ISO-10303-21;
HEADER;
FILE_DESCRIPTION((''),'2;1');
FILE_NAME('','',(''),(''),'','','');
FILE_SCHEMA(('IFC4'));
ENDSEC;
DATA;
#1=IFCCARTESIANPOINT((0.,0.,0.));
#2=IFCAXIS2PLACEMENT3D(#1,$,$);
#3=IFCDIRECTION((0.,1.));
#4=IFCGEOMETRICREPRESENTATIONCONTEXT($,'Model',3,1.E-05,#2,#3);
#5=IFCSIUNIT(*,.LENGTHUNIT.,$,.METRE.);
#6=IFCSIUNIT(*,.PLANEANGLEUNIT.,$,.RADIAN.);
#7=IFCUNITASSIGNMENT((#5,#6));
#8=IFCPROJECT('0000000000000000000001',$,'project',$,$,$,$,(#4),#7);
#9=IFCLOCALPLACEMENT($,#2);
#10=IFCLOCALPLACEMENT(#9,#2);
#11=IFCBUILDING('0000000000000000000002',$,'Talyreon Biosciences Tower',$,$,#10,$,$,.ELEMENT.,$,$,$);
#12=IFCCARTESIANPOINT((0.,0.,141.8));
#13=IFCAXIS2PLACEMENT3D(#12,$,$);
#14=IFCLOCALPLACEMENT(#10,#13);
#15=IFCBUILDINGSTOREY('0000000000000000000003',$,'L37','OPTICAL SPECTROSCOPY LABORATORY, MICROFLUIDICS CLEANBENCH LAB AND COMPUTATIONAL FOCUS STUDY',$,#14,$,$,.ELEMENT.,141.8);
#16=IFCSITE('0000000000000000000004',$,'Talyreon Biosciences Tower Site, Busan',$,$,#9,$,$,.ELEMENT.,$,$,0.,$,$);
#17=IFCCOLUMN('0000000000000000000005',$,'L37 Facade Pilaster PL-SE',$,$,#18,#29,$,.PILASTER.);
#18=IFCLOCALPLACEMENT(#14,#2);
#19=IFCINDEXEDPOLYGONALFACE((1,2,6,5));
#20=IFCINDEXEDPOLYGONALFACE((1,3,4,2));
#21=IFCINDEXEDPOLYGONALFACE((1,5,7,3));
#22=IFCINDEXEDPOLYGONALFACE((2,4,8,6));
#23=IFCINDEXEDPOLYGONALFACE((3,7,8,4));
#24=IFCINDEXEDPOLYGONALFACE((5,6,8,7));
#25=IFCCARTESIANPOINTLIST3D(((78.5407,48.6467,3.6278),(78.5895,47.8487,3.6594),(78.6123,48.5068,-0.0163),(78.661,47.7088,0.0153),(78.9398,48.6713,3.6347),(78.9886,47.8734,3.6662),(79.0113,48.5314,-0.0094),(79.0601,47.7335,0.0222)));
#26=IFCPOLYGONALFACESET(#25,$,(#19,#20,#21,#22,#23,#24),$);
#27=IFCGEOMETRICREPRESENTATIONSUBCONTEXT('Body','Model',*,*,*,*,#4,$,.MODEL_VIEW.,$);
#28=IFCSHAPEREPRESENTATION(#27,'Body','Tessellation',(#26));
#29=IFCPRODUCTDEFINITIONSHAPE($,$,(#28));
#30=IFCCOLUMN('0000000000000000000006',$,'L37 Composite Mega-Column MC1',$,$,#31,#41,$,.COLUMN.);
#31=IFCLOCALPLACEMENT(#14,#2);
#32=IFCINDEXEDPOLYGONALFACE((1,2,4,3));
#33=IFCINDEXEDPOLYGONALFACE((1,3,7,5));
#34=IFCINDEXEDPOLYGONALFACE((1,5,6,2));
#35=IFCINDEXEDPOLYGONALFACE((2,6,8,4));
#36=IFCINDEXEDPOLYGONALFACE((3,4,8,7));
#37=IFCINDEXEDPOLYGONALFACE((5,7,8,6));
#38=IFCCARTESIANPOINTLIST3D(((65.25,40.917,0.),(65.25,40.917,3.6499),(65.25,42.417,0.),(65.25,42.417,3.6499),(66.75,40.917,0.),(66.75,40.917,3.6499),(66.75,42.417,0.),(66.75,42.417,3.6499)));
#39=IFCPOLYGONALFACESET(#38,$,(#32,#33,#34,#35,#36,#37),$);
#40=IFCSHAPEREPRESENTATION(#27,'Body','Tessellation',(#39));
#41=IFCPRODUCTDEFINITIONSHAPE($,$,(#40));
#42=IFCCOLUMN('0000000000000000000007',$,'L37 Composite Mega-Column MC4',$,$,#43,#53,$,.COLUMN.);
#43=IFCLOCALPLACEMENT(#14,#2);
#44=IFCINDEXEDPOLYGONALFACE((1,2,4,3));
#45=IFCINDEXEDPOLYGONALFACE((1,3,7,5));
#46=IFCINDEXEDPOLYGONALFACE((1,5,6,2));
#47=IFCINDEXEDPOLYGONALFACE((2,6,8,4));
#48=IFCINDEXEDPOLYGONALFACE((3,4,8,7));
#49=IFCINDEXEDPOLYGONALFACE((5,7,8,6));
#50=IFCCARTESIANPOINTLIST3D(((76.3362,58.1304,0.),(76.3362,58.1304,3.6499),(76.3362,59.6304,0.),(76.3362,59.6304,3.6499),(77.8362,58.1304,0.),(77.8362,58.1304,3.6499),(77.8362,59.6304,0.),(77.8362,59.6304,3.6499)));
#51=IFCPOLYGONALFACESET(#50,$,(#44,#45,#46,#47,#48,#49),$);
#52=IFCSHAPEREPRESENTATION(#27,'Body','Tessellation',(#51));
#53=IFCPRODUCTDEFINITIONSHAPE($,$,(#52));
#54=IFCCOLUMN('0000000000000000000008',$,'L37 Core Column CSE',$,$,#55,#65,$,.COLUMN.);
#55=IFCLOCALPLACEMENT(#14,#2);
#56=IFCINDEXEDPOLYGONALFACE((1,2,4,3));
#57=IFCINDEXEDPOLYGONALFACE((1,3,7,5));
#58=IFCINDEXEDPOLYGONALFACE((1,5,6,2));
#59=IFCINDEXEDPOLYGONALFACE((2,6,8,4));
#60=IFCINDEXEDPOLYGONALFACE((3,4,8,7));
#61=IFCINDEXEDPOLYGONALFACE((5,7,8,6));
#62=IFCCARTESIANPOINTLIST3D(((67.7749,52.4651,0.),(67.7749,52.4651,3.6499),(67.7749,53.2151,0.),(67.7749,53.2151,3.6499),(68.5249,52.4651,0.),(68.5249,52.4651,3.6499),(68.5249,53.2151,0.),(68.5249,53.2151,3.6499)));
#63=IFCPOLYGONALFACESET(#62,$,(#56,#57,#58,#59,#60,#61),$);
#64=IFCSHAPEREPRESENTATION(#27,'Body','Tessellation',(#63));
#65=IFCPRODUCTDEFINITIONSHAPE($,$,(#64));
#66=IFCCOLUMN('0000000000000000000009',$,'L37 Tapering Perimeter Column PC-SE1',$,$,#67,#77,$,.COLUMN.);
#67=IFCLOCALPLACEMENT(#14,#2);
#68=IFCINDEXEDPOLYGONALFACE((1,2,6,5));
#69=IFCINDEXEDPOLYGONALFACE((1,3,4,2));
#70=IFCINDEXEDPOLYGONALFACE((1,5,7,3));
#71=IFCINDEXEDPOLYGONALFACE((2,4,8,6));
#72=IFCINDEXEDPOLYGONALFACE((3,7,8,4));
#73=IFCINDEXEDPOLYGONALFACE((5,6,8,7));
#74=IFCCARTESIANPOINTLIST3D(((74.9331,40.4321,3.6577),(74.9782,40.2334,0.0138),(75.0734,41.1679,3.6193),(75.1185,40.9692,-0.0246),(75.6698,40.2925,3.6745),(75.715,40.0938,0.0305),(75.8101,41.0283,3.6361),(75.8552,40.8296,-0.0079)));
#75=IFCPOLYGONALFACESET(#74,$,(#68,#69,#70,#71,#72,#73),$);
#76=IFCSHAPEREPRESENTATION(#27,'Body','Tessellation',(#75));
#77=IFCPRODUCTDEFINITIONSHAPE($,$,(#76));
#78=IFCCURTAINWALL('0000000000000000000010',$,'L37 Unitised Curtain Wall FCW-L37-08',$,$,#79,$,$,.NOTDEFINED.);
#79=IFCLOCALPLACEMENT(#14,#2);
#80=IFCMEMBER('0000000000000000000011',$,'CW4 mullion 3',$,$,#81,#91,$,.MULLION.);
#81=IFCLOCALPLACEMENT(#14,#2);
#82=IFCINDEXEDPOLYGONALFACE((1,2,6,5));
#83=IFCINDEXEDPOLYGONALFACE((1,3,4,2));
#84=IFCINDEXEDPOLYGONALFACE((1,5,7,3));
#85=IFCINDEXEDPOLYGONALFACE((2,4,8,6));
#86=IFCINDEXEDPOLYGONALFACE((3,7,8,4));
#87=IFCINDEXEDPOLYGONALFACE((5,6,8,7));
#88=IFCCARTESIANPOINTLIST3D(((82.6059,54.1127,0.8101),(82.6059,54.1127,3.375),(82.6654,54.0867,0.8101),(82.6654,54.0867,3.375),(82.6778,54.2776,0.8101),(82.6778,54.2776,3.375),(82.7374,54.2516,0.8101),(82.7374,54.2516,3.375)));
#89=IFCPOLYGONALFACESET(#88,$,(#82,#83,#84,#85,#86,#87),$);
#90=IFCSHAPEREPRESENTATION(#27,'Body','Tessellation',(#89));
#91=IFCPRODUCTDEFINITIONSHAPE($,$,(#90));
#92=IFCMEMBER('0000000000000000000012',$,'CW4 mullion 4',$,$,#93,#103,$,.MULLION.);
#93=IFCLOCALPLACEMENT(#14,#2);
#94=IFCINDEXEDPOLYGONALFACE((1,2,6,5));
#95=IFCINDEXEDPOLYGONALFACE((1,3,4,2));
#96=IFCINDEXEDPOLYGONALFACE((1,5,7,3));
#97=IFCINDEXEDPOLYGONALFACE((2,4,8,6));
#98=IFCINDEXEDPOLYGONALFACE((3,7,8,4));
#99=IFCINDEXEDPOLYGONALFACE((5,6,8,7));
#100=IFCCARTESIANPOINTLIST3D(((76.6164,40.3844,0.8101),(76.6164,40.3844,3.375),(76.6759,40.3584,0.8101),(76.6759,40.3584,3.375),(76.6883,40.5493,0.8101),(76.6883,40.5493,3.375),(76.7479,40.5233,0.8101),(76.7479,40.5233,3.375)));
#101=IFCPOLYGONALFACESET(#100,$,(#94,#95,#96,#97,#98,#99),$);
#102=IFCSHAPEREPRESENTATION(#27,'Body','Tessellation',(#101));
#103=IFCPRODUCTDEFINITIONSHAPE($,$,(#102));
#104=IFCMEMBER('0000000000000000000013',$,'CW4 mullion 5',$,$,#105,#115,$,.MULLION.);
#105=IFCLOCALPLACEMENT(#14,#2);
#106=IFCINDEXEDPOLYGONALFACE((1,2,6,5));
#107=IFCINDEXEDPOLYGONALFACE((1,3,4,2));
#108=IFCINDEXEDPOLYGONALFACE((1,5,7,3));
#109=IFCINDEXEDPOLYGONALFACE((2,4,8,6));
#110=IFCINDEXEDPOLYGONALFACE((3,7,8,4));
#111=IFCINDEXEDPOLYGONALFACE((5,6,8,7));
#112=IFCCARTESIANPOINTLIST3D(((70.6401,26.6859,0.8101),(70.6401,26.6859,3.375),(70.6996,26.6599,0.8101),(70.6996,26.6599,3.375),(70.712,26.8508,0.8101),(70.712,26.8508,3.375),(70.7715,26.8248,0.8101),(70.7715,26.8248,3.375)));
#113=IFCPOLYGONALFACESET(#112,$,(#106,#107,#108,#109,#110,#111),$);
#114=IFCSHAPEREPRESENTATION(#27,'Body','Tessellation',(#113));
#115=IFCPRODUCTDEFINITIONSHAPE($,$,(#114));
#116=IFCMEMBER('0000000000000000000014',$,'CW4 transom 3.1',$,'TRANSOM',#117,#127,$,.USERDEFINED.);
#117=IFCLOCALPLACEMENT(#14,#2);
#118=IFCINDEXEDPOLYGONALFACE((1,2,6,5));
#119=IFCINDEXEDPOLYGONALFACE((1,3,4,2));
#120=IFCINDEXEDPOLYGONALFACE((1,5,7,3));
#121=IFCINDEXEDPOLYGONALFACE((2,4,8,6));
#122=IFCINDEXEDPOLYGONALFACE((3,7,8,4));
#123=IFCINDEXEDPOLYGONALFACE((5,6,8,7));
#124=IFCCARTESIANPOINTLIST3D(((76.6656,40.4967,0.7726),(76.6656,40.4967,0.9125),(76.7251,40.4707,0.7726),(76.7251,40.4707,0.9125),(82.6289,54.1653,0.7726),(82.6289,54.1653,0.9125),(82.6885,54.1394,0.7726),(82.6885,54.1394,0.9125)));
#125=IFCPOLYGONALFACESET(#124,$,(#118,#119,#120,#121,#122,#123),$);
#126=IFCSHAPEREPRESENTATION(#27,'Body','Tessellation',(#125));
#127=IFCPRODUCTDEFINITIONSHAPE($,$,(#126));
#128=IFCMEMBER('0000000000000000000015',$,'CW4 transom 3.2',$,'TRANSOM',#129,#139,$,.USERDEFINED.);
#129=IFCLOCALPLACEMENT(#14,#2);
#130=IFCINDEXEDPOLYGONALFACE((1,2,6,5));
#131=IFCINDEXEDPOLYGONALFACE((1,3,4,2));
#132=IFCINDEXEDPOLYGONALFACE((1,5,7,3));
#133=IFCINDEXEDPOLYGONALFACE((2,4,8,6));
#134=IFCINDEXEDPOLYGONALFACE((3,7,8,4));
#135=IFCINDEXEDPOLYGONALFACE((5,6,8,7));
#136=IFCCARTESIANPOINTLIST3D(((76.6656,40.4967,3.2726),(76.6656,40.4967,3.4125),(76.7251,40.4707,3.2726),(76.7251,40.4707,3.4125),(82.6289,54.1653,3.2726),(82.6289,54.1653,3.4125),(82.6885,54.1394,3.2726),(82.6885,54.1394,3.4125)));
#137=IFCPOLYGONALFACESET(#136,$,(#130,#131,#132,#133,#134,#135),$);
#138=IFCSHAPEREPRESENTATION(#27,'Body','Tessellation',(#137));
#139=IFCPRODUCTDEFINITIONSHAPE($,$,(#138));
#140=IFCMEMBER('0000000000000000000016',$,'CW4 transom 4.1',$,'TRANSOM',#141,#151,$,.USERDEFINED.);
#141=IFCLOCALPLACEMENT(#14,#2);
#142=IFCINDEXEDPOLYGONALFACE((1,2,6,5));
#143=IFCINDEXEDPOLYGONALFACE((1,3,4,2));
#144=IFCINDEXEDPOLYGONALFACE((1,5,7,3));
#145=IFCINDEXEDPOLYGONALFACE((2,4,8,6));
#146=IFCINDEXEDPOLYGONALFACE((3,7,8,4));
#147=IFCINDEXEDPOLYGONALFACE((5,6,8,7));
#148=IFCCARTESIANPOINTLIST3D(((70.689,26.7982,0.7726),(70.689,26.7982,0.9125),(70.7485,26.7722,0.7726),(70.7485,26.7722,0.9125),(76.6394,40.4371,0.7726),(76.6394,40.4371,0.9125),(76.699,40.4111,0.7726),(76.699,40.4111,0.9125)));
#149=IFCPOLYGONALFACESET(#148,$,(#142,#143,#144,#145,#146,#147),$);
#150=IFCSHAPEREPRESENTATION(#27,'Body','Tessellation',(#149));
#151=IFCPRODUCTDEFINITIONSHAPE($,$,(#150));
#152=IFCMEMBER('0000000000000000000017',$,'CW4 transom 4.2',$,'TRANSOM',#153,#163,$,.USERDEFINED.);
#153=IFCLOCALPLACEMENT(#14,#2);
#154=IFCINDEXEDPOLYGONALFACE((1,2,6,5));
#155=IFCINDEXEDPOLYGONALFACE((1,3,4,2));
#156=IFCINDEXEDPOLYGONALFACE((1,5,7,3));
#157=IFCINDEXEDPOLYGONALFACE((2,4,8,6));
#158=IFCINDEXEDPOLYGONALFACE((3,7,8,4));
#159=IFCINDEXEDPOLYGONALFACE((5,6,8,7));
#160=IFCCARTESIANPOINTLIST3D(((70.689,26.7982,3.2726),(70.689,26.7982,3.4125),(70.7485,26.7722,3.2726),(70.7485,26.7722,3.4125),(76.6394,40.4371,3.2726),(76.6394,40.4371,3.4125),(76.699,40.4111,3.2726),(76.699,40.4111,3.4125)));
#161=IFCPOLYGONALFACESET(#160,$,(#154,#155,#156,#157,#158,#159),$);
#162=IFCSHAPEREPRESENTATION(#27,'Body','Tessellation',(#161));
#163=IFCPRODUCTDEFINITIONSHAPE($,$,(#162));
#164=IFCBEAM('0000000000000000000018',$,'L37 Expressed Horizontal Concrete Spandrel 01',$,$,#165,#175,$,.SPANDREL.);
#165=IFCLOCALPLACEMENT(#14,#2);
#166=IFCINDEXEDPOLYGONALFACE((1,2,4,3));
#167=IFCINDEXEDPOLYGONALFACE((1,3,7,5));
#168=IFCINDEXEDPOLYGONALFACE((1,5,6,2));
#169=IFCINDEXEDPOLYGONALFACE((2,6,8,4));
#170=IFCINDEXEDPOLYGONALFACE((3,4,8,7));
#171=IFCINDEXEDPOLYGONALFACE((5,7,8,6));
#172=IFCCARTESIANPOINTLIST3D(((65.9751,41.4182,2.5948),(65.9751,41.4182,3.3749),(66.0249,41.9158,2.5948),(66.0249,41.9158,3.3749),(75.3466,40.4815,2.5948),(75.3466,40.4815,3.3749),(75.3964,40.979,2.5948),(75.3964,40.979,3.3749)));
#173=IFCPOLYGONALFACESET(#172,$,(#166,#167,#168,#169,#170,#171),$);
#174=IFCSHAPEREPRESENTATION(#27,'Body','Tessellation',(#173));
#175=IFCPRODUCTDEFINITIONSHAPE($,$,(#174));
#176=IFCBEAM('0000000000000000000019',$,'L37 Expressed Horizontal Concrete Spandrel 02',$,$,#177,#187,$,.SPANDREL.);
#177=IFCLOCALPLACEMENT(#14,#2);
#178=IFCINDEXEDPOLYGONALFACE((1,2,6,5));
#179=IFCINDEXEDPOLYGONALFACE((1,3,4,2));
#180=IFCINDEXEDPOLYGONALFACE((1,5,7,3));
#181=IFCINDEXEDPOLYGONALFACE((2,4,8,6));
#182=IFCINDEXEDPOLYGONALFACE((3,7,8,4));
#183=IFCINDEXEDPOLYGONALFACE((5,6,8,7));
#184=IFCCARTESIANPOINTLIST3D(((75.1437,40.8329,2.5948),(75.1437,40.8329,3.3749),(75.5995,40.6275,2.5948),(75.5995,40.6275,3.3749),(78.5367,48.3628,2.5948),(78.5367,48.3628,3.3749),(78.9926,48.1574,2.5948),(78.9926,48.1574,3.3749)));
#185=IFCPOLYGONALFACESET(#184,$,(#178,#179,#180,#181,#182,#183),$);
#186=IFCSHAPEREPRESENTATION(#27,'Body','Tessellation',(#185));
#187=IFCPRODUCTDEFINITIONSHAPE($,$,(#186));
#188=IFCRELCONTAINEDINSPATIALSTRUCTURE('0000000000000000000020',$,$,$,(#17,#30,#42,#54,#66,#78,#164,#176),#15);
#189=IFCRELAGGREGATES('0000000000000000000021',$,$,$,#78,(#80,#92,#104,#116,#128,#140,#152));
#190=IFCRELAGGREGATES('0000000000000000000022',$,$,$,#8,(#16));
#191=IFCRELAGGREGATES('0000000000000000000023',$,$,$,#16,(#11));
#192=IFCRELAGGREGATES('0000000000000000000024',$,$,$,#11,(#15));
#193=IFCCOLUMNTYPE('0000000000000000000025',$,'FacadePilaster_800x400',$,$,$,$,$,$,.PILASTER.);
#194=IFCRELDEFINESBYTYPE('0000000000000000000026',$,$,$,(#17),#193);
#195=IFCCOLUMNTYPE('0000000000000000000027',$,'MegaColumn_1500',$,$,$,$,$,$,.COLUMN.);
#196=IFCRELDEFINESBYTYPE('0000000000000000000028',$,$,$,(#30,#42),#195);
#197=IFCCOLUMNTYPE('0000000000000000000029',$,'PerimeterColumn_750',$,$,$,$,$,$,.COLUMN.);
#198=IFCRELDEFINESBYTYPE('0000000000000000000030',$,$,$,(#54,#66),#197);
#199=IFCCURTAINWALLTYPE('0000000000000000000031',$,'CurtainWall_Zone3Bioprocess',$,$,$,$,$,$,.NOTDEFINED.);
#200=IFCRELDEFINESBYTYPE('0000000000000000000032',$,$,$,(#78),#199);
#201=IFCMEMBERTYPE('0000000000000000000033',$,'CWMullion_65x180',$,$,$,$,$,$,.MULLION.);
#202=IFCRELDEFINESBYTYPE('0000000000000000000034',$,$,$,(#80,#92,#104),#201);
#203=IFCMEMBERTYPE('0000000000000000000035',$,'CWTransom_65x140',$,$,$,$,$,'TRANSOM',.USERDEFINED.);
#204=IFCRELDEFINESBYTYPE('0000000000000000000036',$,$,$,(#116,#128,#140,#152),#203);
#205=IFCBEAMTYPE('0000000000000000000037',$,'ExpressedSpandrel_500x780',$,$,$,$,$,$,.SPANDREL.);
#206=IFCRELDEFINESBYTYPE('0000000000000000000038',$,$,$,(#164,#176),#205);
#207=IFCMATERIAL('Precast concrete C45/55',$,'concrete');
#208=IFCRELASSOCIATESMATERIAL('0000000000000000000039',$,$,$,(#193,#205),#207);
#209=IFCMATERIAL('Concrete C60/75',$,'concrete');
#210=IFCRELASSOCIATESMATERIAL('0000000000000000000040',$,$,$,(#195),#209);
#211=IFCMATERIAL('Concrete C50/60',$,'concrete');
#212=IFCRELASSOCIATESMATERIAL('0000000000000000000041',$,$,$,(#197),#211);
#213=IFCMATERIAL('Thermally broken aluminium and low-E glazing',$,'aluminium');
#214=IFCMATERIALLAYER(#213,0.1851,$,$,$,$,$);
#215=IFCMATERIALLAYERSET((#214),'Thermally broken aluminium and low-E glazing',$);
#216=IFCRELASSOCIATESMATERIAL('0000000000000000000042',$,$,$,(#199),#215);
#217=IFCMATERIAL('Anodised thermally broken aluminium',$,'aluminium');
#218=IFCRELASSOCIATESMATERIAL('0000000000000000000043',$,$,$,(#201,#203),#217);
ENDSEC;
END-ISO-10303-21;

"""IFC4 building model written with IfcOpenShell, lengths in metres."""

from ifc_helpers import new_model, si_unit, direction, frame, origin, origin_2d, place, context, subcontext, project, spatial, rectangle, extrude, material, layer, layer_set, material_profile, profile_set, type_object, element, aggregate, save


model = new_model("IFC4")

# Units and contexts
model_context = context("Model", 3, precision=1e-05, world=origin(), true_north=direction((0.0, 1.0)))
body_context = subcontext(model_context, "Body", "Model", "MODEL_VIEW")
ifc_project = project(units=[si_unit("LENGTHUNIT", "METRE"), si_unit("PLANEANGLEUNIT", "RADIAN")], contexts=[model_context])

# Site, building, storey
site_placement = place(None, origin())
site = spatial("IfcSite", under=ifc_project, at=site_placement, Name="Talyreon Biosciences Tower Site, Busan", CompositionType="ELEMENT", RefElevation=0.0)
building_placement = place(site_placement, origin())
building = spatial("IfcBuilding", under=site, at=building_placement, Name="Talyreon Biosciences Tower", CompositionType="ELEMENT")
storey_placement = place(building_placement, frame((0.0, 0.0, 141.8)))
storey = spatial("IfcBuildingStorey", under=building, at=storey_placement, Name="L37", Description="OPTICAL SPECTROSCOPY LABORATORY, MICROFLUIDICS CLEANBENCH LAB AND COMPUTATIONAL FOCUS STUDY", CompositionType="ELEMENT", Elevation=141.8)

# Columns
ifc_material_1 = material(Name="Precast concrete C45/55", Category="concrete")
ifc_material_profile_1 = material_profile(ifc_material_1, rectangle(XDim=0.8, YDim=0.3999, at=origin_2d()), Name="RC 800x400")
ifc_profile_set_1 = profile_set([ifc_material_profile_1], Name="Precast concrete C45/55")
column_type_1 = type_object("IfcColumnType", Name="FacadePilaster_800x400", PredefinedType="PILASTER", material=ifc_profile_set_1)
column_1_placement = place(storey_placement, frame((78.8362, 48.1201, 0.0029), z_axis=(-0.019612, 0.038354, 0.999072), x_axis=(0.060934, -0.997361, 0.039484)))
element("IfcColumn", 1, at=column_1_placement, inside=storey, type_object=column_type_1, Name="L37 Facade Pilaster PL-SE", PredefinedType="PILASTER", context=body_context, shape_type="SweptSolid", body=[
    extrude(rectangle(XDim=0.8, YDim=0.3999, at=origin_2d()), origin(), (0.0, 0.0, 1.0), 3.6475),
])
ifc_material_2 = material(Name="Concrete C60/75", Category="concrete")
ifc_material_profile_2 = material_profile(ifc_material_2, rectangle(XDim=1.5, YDim=1.5, at=origin_2d()), Name="RC 1500x1500")
ifc_profile_set_2 = profile_set([ifc_material_profile_2], Name="Concrete C60/75")
column_type_2 = type_object("IfcColumnType", Name="MegaColumn_1500", PredefinedType="COLUMN", material=ifc_profile_set_2)
for number, where, z_axis, x_axis, name in (
    (2, (66.0, 41.667, 0.0), (0.0, 0.0, 1.0), (1.0, 0.0, 0.0), "L37 Composite Mega-Column MC1"),
    (3, (77.0862, 58.8804, 0.0), (0.0, 0.0, 1.0), (1.0, 0.0, 0.0), "L37 Composite Mega-Column MC4"),
):
    element("IfcColumn", number, at=place(storey_placement, frame(where, z_axis=z_axis, x_axis=x_axis)), inside=storey, type_object=column_type_2, Name=name, PredefinedType="COLUMN", context=body_context, shape_type="SweptSolid", body=[
        extrude(rectangle(XDim=1.5, YDim=1.5, at=origin_2d()), origin(), (0.0, 0.0, 1.0), 3.6499),
    ])
ifc_material_3 = material(Name="Concrete C50/60", Category="concrete")
ifc_material_profile_3 = material_profile(ifc_material_3, rectangle(XDim=0.75, YDim=0.75, at=origin_2d()), Name="RC 750x750")
ifc_profile_set_3 = profile_set([ifc_material_profile_3], Name="Concrete C50/60")
column_type_3 = type_object("IfcColumnType", Name="PerimeterColumn_750", PredefinedType="COLUMN", material=ifc_profile_set_3)
column_2_placement = place(storey_placement, frame((68.1499, 52.8401, 0.0), z_axis=(0.0, 0.0, 1.0), x_axis=(1.0, 0.0, 0.0)))
element("IfcColumn", 4, at=column_2_placement, inside=storey, type_object=column_type_3, Name="L37 Core Column CSE", PredefinedType="COLUMN", context=body_context, shape_type="SweptSolid", body=[
    extrude(rectangle(XDim=0.75, YDim=0.75, at=origin_2d()), origin(), (0.0, 0.0, 1.0), 3.6499),
])
column_3_placement = place(storey_placement, frame((75.4167, 40.5315, 0.0029), z_axis=(-0.012375, 0.054451, 0.99844), x_axis=(-0.187059, -0.981014, 0.051182)))
element("IfcColumn", 5, at=column_3_placement, inside=storey, type_object=column_type_3, Name="L37 Tapering Perimeter Column PC-SE1", PredefinedType="COLUMN", context=body_context, shape_type="SweptSolid", body=[
    extrude(rectangle(XDim=0.75, YDim=0.75, at=origin_2d()), origin(), (0.0, 0.0, 1.0), 3.6497),
])

# Curtain wall, members
ifc_material_4 = material(Name="Thermally broken aluminium and low-E glazing", Category="aluminium")
ifc_layer_1 = layer(ifc_material_4, 0.1851)
ifc_layer_set_1 = layer_set([ifc_layer_1], Name="Thermally broken aluminium and low-E glazing")
curtain_wall_type = type_object("IfcCurtainWallType", Name="CurtainWall_Zone3Bioprocess", PredefinedType="NOTDEFINED", material=ifc_layer_set_1)
curtain_wall_placement = place(storey_placement, origin())
curtain_wall = element("IfcCurtainWall", 6, at=curtain_wall_placement, inside=storey, type_object=curtain_wall_type, Name="L37 Unitised Curtain Wall FCW-L37-08", PredefinedType="NOTDEFINED")
ifc_material_5 = material(Name="Anodised thermally broken aluminium", Category="aluminium")
ifc_material_profile_4 = material_profile(ifc_material_5, rectangle(XDim=0.0649, YDim=0.1799, at=origin_2d()), Name="ALUM MULLION 65x180")
ifc_profile_set_4 = profile_set([ifc_material_profile_4], Name="Anodised thermally broken aluminium")
member_type_1 = type_object("IfcMemberType", Name="CWMullion_65x180", PredefinedType="MULLION", material=ifc_profile_set_4)
member_1_placement = place(storey_placement, frame((82.6716, 54.1821, 0.8101), z_axis=(0.0, 0.0, 1.0), x_axis=(0.916566, -0.399882, 0.0)))
member_1 = element("IfcMember", 7, at=member_1_placement, type_object=member_type_1, Name="CW4 mullion 3", PredefinedType="MULLION", context=body_context, shape_type="SweptSolid", body=[
    extrude(rectangle(XDim=0.0649, YDim=0.1799, at=origin_2d()), origin(), (0.0, 0.0, 1.0), 2.5649),
])
member_2_placement = place(storey_placement, frame((76.6821, 40.4539, 0.8101), z_axis=(0.0, 0.0, 1.0), x_axis=(0.916566, -0.399882, 0.0)))
member_2 = element("IfcMember", 8, at=member_2_placement, type_object=member_type_1, Name="CW4 mullion 4", PredefinedType="MULLION", context=body_context, shape_type="SweptSolid", body=[
    extrude(rectangle(XDim=0.0649, YDim=0.1799, at=origin_2d()), origin(), (0.0, 0.0, 1.0), 2.5649),
])
member_3_placement = place(storey_placement, frame((70.7058, 26.7554, 0.8101), z_axis=(0.0, 0.0, 1.0), x_axis=(0.916566, -0.399882, 0.0)))
member_3 = element("IfcMember", 9, at=member_3_placement, type_object=member_type_1, Name="CW4 mullion 5", PredefinedType="MULLION", context=body_context, shape_type="SweptSolid", body=[
    extrude(rectangle(XDim=0.0649, YDim=0.1799, at=origin_2d()), origin(), (0.0, 0.0, 1.0), 2.5649),
])
ifc_material_profile_5 = material_profile(ifc_material_5, rectangle(XDim=0.0649, YDim=0.1399, at=origin_2d()), Name="ALUM TRANSOM 65x140")
ifc_profile_set_5 = profile_set([ifc_material_profile_5], Name="Anodised thermally broken aluminium")
member_type_2 = type_object("IfcMemberType", Name="CWTransom_65x140", ElementType="TRANSOM", PredefinedType="USERDEFINED", material=ifc_profile_set_5)
member_4_placement = place(storey_placement, frame((82.6587, 54.1523, 0.8425), z_axis=(-0.39988, -0.916568, 0.0), x_axis=(0.916568, -0.39988, 0.0)))
member_4 = element("IfcMember", 10, at=member_4_placement, type_object=member_type_2, Name="CW4 transom 3.1", ObjectType="TRANSOM", PredefinedType="USERDEFINED", context=body_context, shape_type="SweptSolid", body=[
    extrude(rectangle(XDim=0.0649, YDim=0.1399, at=origin_2d()), origin(), (0.0, 0.0, 1.0), 14.9128),
])
member_5_placement = place(storey_placement, frame((82.6587, 54.1523, 3.3425), z_axis=(-0.39988, -0.916568, 0.0), x_axis=(0.916568, -0.39988, 0.0)))
member_5 = element("IfcMember", 11, at=member_5_placement, type_object=member_type_2, Name="CW4 transom 3.2", ObjectType="TRANSOM", PredefinedType="USERDEFINED", context=body_context, shape_type="SweptSolid", body=[
    extrude(rectangle(XDim=0.0649, YDim=0.1399, at=origin_2d()), origin(), (0.0, 0.0, 1.0), 14.9128),
])
member_6_placement = place(storey_placement, frame((76.6692, 40.4241, 0.8425), z_axis=(-0.399883, -0.916566, 0.0), x_axis=(0.916566, -0.399883, 0.0)))
member_6 = element("IfcMember", 12, at=member_6_placement, type_object=member_type_2, Name="CW4 transom 4.1", ObjectType="TRANSOM", PredefinedType="USERDEFINED", context=body_context, shape_type="SweptSolid", body=[
    extrude(rectangle(XDim=0.0649, YDim=0.1399, at=origin_2d()), origin(), (0.0, 0.0, 1.0), 14.8804),
])
member_7_placement = place(storey_placement, frame((76.6692, 40.4241, 3.3425), z_axis=(-0.399883, -0.916566, 0.0), x_axis=(0.916566, -0.399883, 0.0)))
member_7 = element("IfcMember", 13, at=member_7_placement, type_object=member_type_2, Name="CW4 transom 4.2", ObjectType="TRANSOM", PredefinedType="USERDEFINED", context=body_context, shape_type="SweptSolid", body=[
    extrude(rectangle(XDim=0.0649, YDim=0.1399, at=origin_2d()), origin(), (0.0, 0.0, 1.0), 14.8804),
])

# Beams
ifc_material_profile_6 = material_profile(ifc_material_1, rectangle(XDim=0.5, YDim=0.78, at=origin_2d()), Name="RCB 500x780")
ifc_profile_set_6 = profile_set([ifc_material_profile_6], Name="Precast concrete C45/55")
beam_type_1 = type_object("IfcBeamType", Name="ExpressedSpandrel_500x780", PredefinedType="SPANDREL", material=ifc_profile_set_6)
beam_1_placement = place(storey_placement, frame((66.0, 41.667, 2.9849), z_axis=(0.995041, -0.099463, 0.0), x_axis=(0.099463, 0.995041, 0.0)))
element("IfcBeam", 14, at=beam_1_placement, inside=storey, type_object=beam_type_1, Name="L37 Expressed Horizontal Concrete Spandrel 01", PredefinedType="SPANDREL", context=body_context, shape_type="SweptSolid", body=[
    extrude(rectangle(XDim=0.5, YDim=0.78, at=origin_2d()), origin(), (0.0, 0.0, 1.0), 9.4182),
])
beam_2_placement = place(storey_placement, frame((75.3716, 40.7302, 2.9849), z_axis=(0.410834, 0.91171, 0.0), x_axis=(-0.91171, 0.410834, 0.0)))
element("IfcBeam", 15, at=beam_2_placement, inside=storey, type_object=beam_type_1, Name="L37 Expressed Horizontal Concrete Spandrel 02", PredefinedType="SPANDREL", context=body_context, shape_type="SweptSolid", body=[
    extrude(rectangle(XDim=0.5, YDim=0.78, at=origin_2d()), origin(), (0.0, 0.0, 1.0), 8.259),
])

aggregate(curtain_wall, [member_1, member_2, member_3, member_4, member_5, member_6, member_7])

save(model, "model.ifc")
